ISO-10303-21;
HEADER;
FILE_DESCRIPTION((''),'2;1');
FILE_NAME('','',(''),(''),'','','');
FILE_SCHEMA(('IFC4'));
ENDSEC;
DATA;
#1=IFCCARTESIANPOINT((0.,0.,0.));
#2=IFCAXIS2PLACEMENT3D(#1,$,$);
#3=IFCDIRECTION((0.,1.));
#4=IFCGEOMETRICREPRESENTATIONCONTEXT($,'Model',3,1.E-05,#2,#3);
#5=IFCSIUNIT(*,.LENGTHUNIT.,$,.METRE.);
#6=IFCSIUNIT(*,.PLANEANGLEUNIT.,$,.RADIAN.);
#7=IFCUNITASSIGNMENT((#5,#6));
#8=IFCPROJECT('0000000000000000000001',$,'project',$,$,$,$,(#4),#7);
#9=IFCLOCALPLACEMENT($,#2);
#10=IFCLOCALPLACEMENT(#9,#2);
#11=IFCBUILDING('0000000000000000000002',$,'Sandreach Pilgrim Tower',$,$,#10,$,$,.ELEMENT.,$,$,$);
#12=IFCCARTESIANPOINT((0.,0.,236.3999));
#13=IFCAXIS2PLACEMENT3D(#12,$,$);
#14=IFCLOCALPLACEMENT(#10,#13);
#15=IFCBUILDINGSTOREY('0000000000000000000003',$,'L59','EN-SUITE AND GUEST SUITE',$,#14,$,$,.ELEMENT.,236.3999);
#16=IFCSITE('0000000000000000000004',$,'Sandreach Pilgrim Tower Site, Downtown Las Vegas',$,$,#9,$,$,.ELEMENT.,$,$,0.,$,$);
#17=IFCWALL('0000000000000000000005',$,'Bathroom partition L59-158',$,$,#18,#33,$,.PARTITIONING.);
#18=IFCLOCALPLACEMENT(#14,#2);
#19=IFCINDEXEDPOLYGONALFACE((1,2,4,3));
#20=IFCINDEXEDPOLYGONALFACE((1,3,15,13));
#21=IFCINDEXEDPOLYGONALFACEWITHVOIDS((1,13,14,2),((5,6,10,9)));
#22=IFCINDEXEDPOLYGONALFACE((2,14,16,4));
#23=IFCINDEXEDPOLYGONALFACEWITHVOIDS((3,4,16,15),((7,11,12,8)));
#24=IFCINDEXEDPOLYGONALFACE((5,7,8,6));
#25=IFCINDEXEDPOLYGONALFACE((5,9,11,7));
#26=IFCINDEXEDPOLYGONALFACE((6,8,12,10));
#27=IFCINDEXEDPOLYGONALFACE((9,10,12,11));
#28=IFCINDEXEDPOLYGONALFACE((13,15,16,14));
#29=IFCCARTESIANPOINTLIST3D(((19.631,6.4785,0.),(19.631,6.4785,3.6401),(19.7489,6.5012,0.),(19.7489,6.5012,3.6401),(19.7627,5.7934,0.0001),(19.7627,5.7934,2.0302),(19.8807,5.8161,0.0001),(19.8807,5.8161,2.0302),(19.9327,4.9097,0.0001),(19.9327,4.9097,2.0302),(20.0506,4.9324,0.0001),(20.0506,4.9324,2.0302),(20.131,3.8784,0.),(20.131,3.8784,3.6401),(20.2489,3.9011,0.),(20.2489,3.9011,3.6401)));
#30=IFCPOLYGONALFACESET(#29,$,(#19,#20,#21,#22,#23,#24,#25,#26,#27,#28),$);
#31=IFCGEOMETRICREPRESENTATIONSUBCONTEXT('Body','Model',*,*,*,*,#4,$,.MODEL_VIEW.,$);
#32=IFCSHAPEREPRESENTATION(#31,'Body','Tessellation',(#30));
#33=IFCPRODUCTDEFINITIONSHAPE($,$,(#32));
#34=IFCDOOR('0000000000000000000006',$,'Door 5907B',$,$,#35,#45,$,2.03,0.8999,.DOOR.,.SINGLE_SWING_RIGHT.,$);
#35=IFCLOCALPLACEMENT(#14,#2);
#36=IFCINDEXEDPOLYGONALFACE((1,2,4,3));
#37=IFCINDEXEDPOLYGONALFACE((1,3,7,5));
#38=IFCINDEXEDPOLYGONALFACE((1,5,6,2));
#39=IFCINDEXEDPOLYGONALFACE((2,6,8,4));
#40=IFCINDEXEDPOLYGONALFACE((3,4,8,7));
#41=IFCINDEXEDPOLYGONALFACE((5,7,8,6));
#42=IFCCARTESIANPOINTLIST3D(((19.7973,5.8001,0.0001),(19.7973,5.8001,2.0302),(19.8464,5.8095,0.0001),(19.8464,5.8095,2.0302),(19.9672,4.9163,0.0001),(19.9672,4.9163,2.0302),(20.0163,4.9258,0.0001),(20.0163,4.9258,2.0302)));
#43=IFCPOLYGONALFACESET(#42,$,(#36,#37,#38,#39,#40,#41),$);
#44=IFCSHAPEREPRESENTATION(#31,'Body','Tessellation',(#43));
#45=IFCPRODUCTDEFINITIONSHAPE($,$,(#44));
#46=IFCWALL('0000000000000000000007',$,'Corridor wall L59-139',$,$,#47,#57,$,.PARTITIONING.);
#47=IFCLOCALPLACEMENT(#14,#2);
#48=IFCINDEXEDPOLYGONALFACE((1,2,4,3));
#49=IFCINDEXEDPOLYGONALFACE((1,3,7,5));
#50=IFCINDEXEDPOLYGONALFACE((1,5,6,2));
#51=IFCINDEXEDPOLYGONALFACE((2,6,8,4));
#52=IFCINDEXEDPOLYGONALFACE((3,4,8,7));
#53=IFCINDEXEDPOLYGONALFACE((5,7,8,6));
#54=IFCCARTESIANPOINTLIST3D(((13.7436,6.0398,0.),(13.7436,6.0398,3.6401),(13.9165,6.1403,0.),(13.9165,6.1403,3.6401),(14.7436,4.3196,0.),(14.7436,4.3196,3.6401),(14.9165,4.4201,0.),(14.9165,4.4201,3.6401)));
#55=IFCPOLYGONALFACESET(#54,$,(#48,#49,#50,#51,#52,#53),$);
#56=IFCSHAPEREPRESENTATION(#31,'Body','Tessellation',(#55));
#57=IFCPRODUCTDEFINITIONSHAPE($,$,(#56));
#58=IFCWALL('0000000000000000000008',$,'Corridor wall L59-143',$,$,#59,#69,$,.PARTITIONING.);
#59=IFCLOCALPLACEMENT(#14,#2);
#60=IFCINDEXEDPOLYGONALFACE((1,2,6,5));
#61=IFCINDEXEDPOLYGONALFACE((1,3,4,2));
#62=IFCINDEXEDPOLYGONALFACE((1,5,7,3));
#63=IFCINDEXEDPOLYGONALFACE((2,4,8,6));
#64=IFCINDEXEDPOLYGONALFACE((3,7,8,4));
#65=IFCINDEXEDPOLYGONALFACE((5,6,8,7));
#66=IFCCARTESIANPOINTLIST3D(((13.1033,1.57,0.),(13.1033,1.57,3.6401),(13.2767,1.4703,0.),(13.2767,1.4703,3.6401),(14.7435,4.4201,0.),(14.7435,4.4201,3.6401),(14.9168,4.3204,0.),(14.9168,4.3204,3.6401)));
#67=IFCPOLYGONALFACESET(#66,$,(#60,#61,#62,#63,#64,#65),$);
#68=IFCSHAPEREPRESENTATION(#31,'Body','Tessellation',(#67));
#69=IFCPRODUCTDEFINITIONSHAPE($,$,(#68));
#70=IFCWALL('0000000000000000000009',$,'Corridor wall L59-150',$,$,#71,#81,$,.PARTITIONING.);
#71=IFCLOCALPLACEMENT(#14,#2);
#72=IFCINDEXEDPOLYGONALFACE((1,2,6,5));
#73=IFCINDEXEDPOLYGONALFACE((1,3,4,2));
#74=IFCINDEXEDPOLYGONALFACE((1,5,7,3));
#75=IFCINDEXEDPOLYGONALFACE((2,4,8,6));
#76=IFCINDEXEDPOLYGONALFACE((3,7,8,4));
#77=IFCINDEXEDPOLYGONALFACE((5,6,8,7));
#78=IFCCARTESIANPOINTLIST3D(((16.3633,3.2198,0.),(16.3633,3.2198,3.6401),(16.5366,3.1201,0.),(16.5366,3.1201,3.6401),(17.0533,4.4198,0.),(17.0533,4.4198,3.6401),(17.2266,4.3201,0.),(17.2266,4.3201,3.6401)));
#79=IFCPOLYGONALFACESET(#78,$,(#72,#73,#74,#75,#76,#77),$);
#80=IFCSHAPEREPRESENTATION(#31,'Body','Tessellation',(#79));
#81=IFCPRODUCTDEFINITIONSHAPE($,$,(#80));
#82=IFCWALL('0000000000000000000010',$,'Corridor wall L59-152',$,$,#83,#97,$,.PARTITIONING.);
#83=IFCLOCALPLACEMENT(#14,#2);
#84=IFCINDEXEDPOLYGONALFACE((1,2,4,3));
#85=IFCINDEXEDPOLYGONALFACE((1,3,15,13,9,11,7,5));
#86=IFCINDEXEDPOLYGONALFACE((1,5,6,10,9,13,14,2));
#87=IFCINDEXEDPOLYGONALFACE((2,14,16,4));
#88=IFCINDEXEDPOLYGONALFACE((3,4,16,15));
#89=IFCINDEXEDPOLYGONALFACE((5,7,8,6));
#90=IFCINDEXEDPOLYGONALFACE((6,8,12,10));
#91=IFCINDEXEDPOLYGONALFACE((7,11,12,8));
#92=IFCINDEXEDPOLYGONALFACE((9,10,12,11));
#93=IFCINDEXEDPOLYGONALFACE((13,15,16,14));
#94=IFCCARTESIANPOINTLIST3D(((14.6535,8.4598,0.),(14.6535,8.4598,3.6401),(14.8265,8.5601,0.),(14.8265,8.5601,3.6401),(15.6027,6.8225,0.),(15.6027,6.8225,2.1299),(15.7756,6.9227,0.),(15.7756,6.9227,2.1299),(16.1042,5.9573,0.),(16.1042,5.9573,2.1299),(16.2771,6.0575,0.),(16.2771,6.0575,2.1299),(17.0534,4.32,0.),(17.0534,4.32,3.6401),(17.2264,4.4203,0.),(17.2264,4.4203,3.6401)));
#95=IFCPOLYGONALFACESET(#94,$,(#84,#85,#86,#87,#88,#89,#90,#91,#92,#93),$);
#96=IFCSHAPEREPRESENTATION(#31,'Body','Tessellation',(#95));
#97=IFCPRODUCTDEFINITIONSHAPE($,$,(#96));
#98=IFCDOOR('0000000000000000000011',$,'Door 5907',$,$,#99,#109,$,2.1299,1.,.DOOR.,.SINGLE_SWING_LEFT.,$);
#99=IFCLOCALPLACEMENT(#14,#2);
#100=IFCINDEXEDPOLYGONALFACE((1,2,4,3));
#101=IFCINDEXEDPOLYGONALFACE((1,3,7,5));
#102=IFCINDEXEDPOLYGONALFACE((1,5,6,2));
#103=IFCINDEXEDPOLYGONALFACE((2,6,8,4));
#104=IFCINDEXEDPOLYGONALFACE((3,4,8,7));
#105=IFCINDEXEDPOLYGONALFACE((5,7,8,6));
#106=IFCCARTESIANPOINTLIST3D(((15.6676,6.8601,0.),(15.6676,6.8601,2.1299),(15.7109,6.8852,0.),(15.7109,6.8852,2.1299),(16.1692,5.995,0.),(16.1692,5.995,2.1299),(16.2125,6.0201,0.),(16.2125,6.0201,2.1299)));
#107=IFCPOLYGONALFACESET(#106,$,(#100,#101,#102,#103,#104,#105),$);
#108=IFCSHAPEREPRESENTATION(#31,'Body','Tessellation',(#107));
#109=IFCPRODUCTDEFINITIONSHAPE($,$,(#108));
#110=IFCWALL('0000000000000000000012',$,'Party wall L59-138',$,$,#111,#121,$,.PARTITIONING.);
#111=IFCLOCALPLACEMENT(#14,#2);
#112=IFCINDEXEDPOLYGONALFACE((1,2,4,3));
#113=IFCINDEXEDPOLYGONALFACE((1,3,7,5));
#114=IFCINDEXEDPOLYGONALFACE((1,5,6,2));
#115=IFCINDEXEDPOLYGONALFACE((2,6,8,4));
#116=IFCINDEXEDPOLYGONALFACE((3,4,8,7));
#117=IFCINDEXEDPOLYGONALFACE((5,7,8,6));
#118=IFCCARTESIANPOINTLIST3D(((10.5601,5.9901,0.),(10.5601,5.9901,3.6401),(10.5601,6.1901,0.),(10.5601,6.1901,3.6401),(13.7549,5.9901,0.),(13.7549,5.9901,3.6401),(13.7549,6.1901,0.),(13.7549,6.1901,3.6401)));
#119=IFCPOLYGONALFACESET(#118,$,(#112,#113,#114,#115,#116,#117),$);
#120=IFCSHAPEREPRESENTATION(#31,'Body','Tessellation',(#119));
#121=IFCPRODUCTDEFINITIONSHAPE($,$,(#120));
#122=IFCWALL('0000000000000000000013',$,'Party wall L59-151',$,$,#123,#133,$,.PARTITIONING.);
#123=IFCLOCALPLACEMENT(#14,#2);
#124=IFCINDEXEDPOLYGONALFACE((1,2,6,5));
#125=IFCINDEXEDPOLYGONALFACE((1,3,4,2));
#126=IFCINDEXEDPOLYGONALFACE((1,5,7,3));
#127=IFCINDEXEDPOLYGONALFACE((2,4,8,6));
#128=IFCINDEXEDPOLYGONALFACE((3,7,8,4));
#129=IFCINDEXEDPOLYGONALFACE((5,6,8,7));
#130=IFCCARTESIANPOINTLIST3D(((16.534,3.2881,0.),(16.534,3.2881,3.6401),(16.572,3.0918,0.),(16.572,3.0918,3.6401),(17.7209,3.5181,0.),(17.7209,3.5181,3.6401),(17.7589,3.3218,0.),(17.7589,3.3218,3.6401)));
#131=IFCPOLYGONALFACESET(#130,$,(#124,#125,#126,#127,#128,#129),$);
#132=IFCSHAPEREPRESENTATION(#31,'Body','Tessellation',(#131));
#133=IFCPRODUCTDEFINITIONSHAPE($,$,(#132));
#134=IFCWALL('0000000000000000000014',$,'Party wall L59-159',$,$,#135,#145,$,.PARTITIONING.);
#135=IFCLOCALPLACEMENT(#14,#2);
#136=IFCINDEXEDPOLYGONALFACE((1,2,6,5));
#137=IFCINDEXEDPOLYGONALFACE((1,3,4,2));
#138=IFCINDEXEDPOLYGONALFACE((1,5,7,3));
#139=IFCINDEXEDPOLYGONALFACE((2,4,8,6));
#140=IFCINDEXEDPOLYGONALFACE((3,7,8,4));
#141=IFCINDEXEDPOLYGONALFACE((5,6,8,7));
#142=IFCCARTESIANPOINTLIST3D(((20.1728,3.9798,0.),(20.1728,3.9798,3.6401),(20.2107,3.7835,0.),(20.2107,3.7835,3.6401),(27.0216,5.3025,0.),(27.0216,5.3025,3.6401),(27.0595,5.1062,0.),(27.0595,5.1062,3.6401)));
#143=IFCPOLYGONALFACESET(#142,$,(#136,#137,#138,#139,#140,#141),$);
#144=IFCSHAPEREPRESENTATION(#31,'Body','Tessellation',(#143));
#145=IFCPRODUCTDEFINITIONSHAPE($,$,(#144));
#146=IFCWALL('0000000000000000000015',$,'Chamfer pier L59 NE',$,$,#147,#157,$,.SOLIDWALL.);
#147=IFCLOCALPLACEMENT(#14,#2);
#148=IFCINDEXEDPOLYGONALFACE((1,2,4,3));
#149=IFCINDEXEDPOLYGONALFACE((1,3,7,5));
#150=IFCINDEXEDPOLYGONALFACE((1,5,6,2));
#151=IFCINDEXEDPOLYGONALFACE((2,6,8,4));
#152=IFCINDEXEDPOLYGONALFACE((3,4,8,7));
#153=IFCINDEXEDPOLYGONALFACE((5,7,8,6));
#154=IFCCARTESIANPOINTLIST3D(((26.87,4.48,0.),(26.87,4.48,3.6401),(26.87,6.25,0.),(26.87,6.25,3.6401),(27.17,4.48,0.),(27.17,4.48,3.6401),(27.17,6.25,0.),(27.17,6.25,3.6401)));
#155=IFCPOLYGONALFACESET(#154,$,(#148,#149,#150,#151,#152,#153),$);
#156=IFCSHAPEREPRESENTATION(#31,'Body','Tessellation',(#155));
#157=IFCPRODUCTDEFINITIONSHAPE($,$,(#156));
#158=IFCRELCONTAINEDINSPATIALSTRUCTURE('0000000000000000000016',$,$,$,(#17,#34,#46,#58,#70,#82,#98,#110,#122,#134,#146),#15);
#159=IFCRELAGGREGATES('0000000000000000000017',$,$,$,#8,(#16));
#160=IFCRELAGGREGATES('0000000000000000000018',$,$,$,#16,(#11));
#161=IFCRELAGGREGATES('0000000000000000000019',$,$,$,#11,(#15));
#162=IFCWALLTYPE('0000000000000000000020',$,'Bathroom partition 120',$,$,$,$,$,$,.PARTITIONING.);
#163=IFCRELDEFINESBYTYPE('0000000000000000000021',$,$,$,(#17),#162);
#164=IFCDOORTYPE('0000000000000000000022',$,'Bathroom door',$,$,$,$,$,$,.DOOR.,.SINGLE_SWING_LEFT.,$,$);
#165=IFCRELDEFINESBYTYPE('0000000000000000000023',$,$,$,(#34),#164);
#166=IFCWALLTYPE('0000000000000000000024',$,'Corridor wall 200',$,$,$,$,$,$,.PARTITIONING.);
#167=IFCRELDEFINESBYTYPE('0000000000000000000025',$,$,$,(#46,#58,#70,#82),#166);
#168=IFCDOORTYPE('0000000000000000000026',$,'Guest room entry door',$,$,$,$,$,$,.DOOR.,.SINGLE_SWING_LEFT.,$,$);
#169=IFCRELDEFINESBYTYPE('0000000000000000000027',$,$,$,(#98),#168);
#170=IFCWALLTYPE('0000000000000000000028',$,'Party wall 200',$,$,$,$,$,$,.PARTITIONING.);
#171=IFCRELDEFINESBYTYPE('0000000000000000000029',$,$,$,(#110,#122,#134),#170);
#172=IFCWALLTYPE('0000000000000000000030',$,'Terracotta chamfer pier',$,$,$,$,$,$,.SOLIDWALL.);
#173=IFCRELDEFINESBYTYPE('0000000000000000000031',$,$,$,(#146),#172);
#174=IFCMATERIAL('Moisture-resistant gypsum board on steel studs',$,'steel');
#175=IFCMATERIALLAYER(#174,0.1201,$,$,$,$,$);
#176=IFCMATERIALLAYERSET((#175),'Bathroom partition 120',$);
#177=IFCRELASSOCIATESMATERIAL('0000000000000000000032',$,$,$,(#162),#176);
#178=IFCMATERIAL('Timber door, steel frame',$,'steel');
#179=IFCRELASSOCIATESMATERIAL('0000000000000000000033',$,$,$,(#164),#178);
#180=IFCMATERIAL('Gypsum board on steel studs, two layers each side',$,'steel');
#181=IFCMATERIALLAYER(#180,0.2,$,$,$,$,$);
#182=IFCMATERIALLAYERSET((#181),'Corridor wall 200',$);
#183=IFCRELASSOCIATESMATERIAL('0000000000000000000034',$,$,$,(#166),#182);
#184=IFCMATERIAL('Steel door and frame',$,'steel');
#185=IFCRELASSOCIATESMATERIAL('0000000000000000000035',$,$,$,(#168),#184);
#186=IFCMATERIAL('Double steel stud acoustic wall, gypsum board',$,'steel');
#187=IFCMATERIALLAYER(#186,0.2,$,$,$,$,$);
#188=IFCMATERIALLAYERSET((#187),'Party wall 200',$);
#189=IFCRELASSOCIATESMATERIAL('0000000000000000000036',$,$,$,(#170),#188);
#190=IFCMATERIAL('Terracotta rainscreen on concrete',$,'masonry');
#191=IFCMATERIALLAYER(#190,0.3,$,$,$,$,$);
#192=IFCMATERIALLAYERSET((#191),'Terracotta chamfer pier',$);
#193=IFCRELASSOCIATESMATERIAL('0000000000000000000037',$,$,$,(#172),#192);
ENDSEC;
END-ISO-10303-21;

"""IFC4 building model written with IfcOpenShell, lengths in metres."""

from ifc_helpers import new_model, si_unit, direction, frame, frame_2d, origin, place, context, subcontext, project, spatial, rectangle, extrude, material, layer, layer_set, type_object, element, fill, save


model = new_model("IFC4")

# Units and contexts
model_context = context("Model", 3, precision=1e-05, world=origin(), true_north=direction((0.0, 1.0)))
body_context = subcontext(model_context, "Body", "Model", "MODEL_VIEW")
ifc_project = project(units=[si_unit("LENGTHUNIT", "METRE"), si_unit("PLANEANGLEUNIT", "RADIAN")], contexts=[model_context])

# Site, building, storey
site_placement = place(None, origin())
site = spatial("IfcSite", under=ifc_project, at=site_placement, Name="Sandreach Pilgrim Tower Site, Downtown Las Vegas", CompositionType="ELEMENT", RefElevation=0.0)
building_placement = place(site_placement, origin())
building = spatial("IfcBuilding", under=site, at=building_placement, Name="Sandreach Pilgrim Tower", CompositionType="ELEMENT")
storey_placement = place(building_placement, frame((0.0, 0.0, 236.3999)))
storey = spatial("IfcBuildingStorey", under=building, at=storey_placement, Name="L59", Description="EN-SUITE AND GUEST SUITE", CompositionType="ELEMENT", Elevation=236.3999)

# Shared definitions
ifc_material_1 = material(Name="Moisture-resistant gypsum board on steel studs", Category="steel")
ifc_layer_1 = layer(ifc_material_1, 0.1201)
ifc_layer_set_1 = layer_set([ifc_layer_1], Name="Bathroom partition 120")
wall_type_1 = type_object("IfcWallType", Name="Bathroom partition 120", PredefinedType="PARTITIONING", material=ifc_layer_set_1)

# Wall, opening, door
wall_1_placement = place(storey_placement, frame((20.1899, 3.8899, 0.0), z_axis=(0.0, 0.0, 1.0), x_axis=(-0.188841, 0.982008, 0.0)))
wall_1 = element("IfcWall", 1, at=wall_1_placement, inside=storey, type_object=wall_type_1, Name="Bathroom partition L59-158", PredefinedType="PARTITIONING", context=body_context, shape_type="SweptSolid", body=[
    extrude(rectangle(XDim=2.6477, YDim=0.1201, at=frame_2d((1.3237, 0.0))), origin(), (0.0, 0.0, 1.0), 3.6401),
])
opening_1_placement = place(wall_1_placement, frame((1.05, 0.0, 0.0)))
opening_1 = element("IfcOpeningElement", 2, at=opening_1_placement, cuts=wall_1, PredefinedType="OPENING", context=body_context, shape_type="SweptSolid", body=[
    extrude(rectangle(XDim=0.8999, YDim=2.03, at=frame_2d((0.45, 1.0151))), frame((0.0, 0.0601, 0.0), z_axis=(0.0, -1.0, 0.0), x_axis=(1.0, 0.0, 0.0)), (0.0, 0.0, 1.0), 0.1201),
])
ifc_material_2 = material(Name="Timber door, steel frame", Category="steel")
door_type_1 = type_object("IfcDoorType", Name="Bathroom door", OperationType="SINGLE_SWING_LEFT", PredefinedType="DOOR", material=ifc_material_2)
door_1_placement = place(opening_1_placement, origin())
door_1 = element("IfcDoor", 3, at=door_1_placement, inside=storey, type_object=door_type_1, Name="Door 5907B", OperationType="SINGLE_SWING_RIGHT", OverallHeight=2.03, OverallWidth=0.8999, PredefinedType="DOOR", context=body_context, shape_type="SweptSolid", body=[
    extrude(rectangle(XDim=0.8999, YDim=2.03, at=frame_2d((0.45, 1.0151))), frame((0.0, 0.0249, 0.0), z_axis=(0.0, -1.0, 0.0), x_axis=(1.0, 0.0, 0.0)), (0.0, 0.0, 1.0), 0.05),
])
fill(opening_1, door_1)

# Walls
ifc_material_3 = material(Name="Gypsum board on steel studs, two layers each side", Category="steel")
ifc_layer_2 = layer(ifc_material_3, 0.2)
ifc_layer_set_2 = layer_set([ifc_layer_2], Name="Corridor wall 200")
wall_type_2 = type_object("IfcWallType", Name="Corridor wall 200", PredefinedType="PARTITIONING", material=ifc_layer_set_2)
wall_2_placement = place(storey_placement, frame((13.8301, 6.0901, 0.0), z_axis=(0.0, 0.0, 1.0), x_axis=(0.502574, -0.864534, 0.0)))
element("IfcWall", 4, at=wall_2_placement, inside=storey, type_object=wall_type_2, Name="Corridor wall L59-139", PredefinedType="PARTITIONING", context=body_context, shape_type="SweptSolid", body=[
    extrude(rectangle(XDim=1.9897, YDim=0.2, at=frame_2d((0.9949, 0.0))), origin(), (0.0, 0.0, 1.0), 3.6401),
])
wall_3_placement = place(storey_placement, frame((14.8301, 4.3701, 0.0), z_axis=(0.0, 0.0, 1.0), x_axis=(-0.498775, -0.866731, 0.0)))
element("IfcWall", 5, at=wall_3_placement, inside=storey, type_object=wall_type_2, Name="Corridor wall L59-143", PredefinedType="PARTITIONING", context=body_context, shape_type="SweptSolid", body=[
    extrude(rectangle(XDim=3.2883, YDim=0.2, at=frame_2d((1.644, 0.0))), origin(), (0.0, 0.0, 1.0), 3.6401),
])

# Shared definitions
ifc_material_4 = material(Name="Steel door and frame", Category="steel")
door_type_2 = type_object("IfcDoorType", Name="Guest room entry door", OperationType="SINGLE_SWING_LEFT", PredefinedType="DOOR", material=ifc_material_4)

# Wall
wall_4_placement = place(storey_placement, frame((16.45, 3.1699, 0.0), z_axis=(0.0, 0.0, 1.0), x_axis=(0.498455, 0.866916, 0.0)))
element("IfcWall", 6, at=wall_4_placement, inside=storey, type_object=wall_type_2, Name="Corridor wall L59-150", PredefinedType="PARTITIONING", context=body_context, shape_type="SweptSolid", body=[
    extrude(rectangle(XDim=1.3843, YDim=0.2, at=frame_2d((0.6921, 0.0))), origin(), (0.0, 0.0, 1.0), 3.6401),
])

# Wall, opening, door
wall_5_placement = place(storey_placement, frame((17.1399, 4.3701, 0.0), z_axis=(0.0, 0.0, 1.0), x_axis=(-0.501525, 0.865143, 0.0)))
wall_5 = element("IfcWall", 7, at=wall_5_placement, inside=storey, type_object=wall_type_2, Name="Corridor wall L59-152", PredefinedType="PARTITIONING", context=body_context, shape_type="SweptSolid", body=[
    extrude(rectangle(XDim=4.7852, YDim=0.2, at=frame_2d((2.3926, 0.0))), origin(), (0.0, 0.0, 1.0), 3.6401),
])
opening_2_placement = place(wall_5_placement, frame((1.8926, 0.0, 0.0)))
opening_2 = element("IfcOpeningElement", 8, at=opening_2_placement, cuts=wall_5, PredefinedType="OPENING", context=body_context, shape_type="SweptSolid", body=[
    extrude(rectangle(XDim=1.0, YDim=2.1299, at=frame_2d((0.5, 1.0649))), frame((0.0, 0.1001, 0.0), z_axis=(0.0, -1.0, 0.0), x_axis=(1.0, 0.0, 0.0)), (0.0, 0.0, 1.0), 0.2),
])
door_2_placement = place(opening_2_placement, origin())
door_2 = element("IfcDoor", 9, at=door_2_placement, inside=storey, type_object=door_type_2, Name="Door 5907", OperationType="SINGLE_SWING_LEFT", OverallHeight=2.1299, OverallWidth=1.0, PredefinedType="DOOR", context=body_context, shape_type="SweptSolid", body=[
    extrude(rectangle(XDim=1.0, YDim=2.1299, at=frame_2d((0.5, 1.0649))), frame((0.0, 0.0249, 0.0), z_axis=(0.0, -1.0, 0.0), x_axis=(1.0, 0.0, 0.0)), (0.0, 0.0, 1.0), 0.05),
])
fill(opening_2, door_2)

# Walls
ifc_material_5 = material(Name="Double steel stud acoustic wall, gypsum board", Category="steel")
ifc_layer_3 = layer(ifc_material_5, 0.2)
ifc_layer_set_3 = layer_set([ifc_layer_3], Name="Party wall 200")
wall_type_3 = type_object("IfcWallType", Name="Party wall 200", PredefinedType="PARTITIONING", material=ifc_layer_set_3)
wall_6_placement = place(storey_placement, frame((13.7549, 6.0901, 0.0), z_axis=(0.0, 0.0, 1.0), x_axis=(-1.0, 0.0, 0.0)))
element("IfcWall", 10, at=wall_6_placement, inside=storey, type_object=wall_type_3, Name="Party wall L59-138", PredefinedType="PARTITIONING", context=body_context, shape_type="SweptSolid", body=[
    extrude(rectangle(XDim=3.1948, YDim=0.2, at=frame_2d((1.5974, 0.0))), origin(), (0.0, 0.0, 1.0), 3.6401),
])
wall_7_placement = place(storey_placement, frame((16.553, 3.1899, 0.0), z_axis=(0.0, 0.0, 1.0), x_axis=(0.981743, 0.19021, 0.0)))
element("IfcWall", 11, at=wall_7_placement, inside=storey, type_object=wall_type_3, Name="Party wall L59-151", PredefinedType="PARTITIONING", context=body_context, shape_type="SweptSolid", body=[
    extrude(rectangle(XDim=1.209, YDim=0.2, at=frame_2d((0.6045, 0.0))), origin(), (0.0, 0.0, 1.0), 3.6401),
])
wall_8_placement = place(storey_placement, frame((20.1917, 3.8816, 0.0), z_axis=(0.0, 0.0, 1.0), x_axis=(0.981856, 0.18963, 0.0)))
element("IfcWall", 12, at=wall_8_placement, inside=storey, type_object=wall_type_3, Name="Party wall L59-159", PredefinedType="PARTITIONING", context=body_context, shape_type="SweptSolid", body=[
    extrude(rectangle(XDim=6.9753, YDim=0.2, at=frame_2d((3.4878, 0.0))), origin(), (0.0, 0.0, 1.0), 3.6401),
])
ifc_material_6 = material(Name="Terracotta rainscreen on concrete", Category="masonry")
ifc_layer_4 = layer(ifc_material_6, 0.3)
ifc_layer_set_4 = layer_set([ifc_layer_4], Name="Terracotta chamfer pier")
wall_type_4 = type_object("IfcWallType", Name="Terracotta chamfer pier", PredefinedType="SOLIDWALL", material=ifc_layer_set_4)
wall_9_placement = place(storey_placement, frame((27.02, 6.25, 0.0), z_axis=(0.0, 0.0, 1.0), x_axis=(0.0, -1.0, 0.0)))
element("IfcWall", 13, at=wall_9_placement, inside=storey, type_object=wall_type_4, Name="Chamfer pier L59 NE", PredefinedType="SOLIDWALL", context=body_context, shape_type="SweptSolid", body=[
    extrude(rectangle(XDim=1.77, YDim=0.3, at=frame_2d((0.885, 0.0))), origin(), (0.0, 0.0, 1.0), 3.6401),
])

save(model, "model.ifc")
